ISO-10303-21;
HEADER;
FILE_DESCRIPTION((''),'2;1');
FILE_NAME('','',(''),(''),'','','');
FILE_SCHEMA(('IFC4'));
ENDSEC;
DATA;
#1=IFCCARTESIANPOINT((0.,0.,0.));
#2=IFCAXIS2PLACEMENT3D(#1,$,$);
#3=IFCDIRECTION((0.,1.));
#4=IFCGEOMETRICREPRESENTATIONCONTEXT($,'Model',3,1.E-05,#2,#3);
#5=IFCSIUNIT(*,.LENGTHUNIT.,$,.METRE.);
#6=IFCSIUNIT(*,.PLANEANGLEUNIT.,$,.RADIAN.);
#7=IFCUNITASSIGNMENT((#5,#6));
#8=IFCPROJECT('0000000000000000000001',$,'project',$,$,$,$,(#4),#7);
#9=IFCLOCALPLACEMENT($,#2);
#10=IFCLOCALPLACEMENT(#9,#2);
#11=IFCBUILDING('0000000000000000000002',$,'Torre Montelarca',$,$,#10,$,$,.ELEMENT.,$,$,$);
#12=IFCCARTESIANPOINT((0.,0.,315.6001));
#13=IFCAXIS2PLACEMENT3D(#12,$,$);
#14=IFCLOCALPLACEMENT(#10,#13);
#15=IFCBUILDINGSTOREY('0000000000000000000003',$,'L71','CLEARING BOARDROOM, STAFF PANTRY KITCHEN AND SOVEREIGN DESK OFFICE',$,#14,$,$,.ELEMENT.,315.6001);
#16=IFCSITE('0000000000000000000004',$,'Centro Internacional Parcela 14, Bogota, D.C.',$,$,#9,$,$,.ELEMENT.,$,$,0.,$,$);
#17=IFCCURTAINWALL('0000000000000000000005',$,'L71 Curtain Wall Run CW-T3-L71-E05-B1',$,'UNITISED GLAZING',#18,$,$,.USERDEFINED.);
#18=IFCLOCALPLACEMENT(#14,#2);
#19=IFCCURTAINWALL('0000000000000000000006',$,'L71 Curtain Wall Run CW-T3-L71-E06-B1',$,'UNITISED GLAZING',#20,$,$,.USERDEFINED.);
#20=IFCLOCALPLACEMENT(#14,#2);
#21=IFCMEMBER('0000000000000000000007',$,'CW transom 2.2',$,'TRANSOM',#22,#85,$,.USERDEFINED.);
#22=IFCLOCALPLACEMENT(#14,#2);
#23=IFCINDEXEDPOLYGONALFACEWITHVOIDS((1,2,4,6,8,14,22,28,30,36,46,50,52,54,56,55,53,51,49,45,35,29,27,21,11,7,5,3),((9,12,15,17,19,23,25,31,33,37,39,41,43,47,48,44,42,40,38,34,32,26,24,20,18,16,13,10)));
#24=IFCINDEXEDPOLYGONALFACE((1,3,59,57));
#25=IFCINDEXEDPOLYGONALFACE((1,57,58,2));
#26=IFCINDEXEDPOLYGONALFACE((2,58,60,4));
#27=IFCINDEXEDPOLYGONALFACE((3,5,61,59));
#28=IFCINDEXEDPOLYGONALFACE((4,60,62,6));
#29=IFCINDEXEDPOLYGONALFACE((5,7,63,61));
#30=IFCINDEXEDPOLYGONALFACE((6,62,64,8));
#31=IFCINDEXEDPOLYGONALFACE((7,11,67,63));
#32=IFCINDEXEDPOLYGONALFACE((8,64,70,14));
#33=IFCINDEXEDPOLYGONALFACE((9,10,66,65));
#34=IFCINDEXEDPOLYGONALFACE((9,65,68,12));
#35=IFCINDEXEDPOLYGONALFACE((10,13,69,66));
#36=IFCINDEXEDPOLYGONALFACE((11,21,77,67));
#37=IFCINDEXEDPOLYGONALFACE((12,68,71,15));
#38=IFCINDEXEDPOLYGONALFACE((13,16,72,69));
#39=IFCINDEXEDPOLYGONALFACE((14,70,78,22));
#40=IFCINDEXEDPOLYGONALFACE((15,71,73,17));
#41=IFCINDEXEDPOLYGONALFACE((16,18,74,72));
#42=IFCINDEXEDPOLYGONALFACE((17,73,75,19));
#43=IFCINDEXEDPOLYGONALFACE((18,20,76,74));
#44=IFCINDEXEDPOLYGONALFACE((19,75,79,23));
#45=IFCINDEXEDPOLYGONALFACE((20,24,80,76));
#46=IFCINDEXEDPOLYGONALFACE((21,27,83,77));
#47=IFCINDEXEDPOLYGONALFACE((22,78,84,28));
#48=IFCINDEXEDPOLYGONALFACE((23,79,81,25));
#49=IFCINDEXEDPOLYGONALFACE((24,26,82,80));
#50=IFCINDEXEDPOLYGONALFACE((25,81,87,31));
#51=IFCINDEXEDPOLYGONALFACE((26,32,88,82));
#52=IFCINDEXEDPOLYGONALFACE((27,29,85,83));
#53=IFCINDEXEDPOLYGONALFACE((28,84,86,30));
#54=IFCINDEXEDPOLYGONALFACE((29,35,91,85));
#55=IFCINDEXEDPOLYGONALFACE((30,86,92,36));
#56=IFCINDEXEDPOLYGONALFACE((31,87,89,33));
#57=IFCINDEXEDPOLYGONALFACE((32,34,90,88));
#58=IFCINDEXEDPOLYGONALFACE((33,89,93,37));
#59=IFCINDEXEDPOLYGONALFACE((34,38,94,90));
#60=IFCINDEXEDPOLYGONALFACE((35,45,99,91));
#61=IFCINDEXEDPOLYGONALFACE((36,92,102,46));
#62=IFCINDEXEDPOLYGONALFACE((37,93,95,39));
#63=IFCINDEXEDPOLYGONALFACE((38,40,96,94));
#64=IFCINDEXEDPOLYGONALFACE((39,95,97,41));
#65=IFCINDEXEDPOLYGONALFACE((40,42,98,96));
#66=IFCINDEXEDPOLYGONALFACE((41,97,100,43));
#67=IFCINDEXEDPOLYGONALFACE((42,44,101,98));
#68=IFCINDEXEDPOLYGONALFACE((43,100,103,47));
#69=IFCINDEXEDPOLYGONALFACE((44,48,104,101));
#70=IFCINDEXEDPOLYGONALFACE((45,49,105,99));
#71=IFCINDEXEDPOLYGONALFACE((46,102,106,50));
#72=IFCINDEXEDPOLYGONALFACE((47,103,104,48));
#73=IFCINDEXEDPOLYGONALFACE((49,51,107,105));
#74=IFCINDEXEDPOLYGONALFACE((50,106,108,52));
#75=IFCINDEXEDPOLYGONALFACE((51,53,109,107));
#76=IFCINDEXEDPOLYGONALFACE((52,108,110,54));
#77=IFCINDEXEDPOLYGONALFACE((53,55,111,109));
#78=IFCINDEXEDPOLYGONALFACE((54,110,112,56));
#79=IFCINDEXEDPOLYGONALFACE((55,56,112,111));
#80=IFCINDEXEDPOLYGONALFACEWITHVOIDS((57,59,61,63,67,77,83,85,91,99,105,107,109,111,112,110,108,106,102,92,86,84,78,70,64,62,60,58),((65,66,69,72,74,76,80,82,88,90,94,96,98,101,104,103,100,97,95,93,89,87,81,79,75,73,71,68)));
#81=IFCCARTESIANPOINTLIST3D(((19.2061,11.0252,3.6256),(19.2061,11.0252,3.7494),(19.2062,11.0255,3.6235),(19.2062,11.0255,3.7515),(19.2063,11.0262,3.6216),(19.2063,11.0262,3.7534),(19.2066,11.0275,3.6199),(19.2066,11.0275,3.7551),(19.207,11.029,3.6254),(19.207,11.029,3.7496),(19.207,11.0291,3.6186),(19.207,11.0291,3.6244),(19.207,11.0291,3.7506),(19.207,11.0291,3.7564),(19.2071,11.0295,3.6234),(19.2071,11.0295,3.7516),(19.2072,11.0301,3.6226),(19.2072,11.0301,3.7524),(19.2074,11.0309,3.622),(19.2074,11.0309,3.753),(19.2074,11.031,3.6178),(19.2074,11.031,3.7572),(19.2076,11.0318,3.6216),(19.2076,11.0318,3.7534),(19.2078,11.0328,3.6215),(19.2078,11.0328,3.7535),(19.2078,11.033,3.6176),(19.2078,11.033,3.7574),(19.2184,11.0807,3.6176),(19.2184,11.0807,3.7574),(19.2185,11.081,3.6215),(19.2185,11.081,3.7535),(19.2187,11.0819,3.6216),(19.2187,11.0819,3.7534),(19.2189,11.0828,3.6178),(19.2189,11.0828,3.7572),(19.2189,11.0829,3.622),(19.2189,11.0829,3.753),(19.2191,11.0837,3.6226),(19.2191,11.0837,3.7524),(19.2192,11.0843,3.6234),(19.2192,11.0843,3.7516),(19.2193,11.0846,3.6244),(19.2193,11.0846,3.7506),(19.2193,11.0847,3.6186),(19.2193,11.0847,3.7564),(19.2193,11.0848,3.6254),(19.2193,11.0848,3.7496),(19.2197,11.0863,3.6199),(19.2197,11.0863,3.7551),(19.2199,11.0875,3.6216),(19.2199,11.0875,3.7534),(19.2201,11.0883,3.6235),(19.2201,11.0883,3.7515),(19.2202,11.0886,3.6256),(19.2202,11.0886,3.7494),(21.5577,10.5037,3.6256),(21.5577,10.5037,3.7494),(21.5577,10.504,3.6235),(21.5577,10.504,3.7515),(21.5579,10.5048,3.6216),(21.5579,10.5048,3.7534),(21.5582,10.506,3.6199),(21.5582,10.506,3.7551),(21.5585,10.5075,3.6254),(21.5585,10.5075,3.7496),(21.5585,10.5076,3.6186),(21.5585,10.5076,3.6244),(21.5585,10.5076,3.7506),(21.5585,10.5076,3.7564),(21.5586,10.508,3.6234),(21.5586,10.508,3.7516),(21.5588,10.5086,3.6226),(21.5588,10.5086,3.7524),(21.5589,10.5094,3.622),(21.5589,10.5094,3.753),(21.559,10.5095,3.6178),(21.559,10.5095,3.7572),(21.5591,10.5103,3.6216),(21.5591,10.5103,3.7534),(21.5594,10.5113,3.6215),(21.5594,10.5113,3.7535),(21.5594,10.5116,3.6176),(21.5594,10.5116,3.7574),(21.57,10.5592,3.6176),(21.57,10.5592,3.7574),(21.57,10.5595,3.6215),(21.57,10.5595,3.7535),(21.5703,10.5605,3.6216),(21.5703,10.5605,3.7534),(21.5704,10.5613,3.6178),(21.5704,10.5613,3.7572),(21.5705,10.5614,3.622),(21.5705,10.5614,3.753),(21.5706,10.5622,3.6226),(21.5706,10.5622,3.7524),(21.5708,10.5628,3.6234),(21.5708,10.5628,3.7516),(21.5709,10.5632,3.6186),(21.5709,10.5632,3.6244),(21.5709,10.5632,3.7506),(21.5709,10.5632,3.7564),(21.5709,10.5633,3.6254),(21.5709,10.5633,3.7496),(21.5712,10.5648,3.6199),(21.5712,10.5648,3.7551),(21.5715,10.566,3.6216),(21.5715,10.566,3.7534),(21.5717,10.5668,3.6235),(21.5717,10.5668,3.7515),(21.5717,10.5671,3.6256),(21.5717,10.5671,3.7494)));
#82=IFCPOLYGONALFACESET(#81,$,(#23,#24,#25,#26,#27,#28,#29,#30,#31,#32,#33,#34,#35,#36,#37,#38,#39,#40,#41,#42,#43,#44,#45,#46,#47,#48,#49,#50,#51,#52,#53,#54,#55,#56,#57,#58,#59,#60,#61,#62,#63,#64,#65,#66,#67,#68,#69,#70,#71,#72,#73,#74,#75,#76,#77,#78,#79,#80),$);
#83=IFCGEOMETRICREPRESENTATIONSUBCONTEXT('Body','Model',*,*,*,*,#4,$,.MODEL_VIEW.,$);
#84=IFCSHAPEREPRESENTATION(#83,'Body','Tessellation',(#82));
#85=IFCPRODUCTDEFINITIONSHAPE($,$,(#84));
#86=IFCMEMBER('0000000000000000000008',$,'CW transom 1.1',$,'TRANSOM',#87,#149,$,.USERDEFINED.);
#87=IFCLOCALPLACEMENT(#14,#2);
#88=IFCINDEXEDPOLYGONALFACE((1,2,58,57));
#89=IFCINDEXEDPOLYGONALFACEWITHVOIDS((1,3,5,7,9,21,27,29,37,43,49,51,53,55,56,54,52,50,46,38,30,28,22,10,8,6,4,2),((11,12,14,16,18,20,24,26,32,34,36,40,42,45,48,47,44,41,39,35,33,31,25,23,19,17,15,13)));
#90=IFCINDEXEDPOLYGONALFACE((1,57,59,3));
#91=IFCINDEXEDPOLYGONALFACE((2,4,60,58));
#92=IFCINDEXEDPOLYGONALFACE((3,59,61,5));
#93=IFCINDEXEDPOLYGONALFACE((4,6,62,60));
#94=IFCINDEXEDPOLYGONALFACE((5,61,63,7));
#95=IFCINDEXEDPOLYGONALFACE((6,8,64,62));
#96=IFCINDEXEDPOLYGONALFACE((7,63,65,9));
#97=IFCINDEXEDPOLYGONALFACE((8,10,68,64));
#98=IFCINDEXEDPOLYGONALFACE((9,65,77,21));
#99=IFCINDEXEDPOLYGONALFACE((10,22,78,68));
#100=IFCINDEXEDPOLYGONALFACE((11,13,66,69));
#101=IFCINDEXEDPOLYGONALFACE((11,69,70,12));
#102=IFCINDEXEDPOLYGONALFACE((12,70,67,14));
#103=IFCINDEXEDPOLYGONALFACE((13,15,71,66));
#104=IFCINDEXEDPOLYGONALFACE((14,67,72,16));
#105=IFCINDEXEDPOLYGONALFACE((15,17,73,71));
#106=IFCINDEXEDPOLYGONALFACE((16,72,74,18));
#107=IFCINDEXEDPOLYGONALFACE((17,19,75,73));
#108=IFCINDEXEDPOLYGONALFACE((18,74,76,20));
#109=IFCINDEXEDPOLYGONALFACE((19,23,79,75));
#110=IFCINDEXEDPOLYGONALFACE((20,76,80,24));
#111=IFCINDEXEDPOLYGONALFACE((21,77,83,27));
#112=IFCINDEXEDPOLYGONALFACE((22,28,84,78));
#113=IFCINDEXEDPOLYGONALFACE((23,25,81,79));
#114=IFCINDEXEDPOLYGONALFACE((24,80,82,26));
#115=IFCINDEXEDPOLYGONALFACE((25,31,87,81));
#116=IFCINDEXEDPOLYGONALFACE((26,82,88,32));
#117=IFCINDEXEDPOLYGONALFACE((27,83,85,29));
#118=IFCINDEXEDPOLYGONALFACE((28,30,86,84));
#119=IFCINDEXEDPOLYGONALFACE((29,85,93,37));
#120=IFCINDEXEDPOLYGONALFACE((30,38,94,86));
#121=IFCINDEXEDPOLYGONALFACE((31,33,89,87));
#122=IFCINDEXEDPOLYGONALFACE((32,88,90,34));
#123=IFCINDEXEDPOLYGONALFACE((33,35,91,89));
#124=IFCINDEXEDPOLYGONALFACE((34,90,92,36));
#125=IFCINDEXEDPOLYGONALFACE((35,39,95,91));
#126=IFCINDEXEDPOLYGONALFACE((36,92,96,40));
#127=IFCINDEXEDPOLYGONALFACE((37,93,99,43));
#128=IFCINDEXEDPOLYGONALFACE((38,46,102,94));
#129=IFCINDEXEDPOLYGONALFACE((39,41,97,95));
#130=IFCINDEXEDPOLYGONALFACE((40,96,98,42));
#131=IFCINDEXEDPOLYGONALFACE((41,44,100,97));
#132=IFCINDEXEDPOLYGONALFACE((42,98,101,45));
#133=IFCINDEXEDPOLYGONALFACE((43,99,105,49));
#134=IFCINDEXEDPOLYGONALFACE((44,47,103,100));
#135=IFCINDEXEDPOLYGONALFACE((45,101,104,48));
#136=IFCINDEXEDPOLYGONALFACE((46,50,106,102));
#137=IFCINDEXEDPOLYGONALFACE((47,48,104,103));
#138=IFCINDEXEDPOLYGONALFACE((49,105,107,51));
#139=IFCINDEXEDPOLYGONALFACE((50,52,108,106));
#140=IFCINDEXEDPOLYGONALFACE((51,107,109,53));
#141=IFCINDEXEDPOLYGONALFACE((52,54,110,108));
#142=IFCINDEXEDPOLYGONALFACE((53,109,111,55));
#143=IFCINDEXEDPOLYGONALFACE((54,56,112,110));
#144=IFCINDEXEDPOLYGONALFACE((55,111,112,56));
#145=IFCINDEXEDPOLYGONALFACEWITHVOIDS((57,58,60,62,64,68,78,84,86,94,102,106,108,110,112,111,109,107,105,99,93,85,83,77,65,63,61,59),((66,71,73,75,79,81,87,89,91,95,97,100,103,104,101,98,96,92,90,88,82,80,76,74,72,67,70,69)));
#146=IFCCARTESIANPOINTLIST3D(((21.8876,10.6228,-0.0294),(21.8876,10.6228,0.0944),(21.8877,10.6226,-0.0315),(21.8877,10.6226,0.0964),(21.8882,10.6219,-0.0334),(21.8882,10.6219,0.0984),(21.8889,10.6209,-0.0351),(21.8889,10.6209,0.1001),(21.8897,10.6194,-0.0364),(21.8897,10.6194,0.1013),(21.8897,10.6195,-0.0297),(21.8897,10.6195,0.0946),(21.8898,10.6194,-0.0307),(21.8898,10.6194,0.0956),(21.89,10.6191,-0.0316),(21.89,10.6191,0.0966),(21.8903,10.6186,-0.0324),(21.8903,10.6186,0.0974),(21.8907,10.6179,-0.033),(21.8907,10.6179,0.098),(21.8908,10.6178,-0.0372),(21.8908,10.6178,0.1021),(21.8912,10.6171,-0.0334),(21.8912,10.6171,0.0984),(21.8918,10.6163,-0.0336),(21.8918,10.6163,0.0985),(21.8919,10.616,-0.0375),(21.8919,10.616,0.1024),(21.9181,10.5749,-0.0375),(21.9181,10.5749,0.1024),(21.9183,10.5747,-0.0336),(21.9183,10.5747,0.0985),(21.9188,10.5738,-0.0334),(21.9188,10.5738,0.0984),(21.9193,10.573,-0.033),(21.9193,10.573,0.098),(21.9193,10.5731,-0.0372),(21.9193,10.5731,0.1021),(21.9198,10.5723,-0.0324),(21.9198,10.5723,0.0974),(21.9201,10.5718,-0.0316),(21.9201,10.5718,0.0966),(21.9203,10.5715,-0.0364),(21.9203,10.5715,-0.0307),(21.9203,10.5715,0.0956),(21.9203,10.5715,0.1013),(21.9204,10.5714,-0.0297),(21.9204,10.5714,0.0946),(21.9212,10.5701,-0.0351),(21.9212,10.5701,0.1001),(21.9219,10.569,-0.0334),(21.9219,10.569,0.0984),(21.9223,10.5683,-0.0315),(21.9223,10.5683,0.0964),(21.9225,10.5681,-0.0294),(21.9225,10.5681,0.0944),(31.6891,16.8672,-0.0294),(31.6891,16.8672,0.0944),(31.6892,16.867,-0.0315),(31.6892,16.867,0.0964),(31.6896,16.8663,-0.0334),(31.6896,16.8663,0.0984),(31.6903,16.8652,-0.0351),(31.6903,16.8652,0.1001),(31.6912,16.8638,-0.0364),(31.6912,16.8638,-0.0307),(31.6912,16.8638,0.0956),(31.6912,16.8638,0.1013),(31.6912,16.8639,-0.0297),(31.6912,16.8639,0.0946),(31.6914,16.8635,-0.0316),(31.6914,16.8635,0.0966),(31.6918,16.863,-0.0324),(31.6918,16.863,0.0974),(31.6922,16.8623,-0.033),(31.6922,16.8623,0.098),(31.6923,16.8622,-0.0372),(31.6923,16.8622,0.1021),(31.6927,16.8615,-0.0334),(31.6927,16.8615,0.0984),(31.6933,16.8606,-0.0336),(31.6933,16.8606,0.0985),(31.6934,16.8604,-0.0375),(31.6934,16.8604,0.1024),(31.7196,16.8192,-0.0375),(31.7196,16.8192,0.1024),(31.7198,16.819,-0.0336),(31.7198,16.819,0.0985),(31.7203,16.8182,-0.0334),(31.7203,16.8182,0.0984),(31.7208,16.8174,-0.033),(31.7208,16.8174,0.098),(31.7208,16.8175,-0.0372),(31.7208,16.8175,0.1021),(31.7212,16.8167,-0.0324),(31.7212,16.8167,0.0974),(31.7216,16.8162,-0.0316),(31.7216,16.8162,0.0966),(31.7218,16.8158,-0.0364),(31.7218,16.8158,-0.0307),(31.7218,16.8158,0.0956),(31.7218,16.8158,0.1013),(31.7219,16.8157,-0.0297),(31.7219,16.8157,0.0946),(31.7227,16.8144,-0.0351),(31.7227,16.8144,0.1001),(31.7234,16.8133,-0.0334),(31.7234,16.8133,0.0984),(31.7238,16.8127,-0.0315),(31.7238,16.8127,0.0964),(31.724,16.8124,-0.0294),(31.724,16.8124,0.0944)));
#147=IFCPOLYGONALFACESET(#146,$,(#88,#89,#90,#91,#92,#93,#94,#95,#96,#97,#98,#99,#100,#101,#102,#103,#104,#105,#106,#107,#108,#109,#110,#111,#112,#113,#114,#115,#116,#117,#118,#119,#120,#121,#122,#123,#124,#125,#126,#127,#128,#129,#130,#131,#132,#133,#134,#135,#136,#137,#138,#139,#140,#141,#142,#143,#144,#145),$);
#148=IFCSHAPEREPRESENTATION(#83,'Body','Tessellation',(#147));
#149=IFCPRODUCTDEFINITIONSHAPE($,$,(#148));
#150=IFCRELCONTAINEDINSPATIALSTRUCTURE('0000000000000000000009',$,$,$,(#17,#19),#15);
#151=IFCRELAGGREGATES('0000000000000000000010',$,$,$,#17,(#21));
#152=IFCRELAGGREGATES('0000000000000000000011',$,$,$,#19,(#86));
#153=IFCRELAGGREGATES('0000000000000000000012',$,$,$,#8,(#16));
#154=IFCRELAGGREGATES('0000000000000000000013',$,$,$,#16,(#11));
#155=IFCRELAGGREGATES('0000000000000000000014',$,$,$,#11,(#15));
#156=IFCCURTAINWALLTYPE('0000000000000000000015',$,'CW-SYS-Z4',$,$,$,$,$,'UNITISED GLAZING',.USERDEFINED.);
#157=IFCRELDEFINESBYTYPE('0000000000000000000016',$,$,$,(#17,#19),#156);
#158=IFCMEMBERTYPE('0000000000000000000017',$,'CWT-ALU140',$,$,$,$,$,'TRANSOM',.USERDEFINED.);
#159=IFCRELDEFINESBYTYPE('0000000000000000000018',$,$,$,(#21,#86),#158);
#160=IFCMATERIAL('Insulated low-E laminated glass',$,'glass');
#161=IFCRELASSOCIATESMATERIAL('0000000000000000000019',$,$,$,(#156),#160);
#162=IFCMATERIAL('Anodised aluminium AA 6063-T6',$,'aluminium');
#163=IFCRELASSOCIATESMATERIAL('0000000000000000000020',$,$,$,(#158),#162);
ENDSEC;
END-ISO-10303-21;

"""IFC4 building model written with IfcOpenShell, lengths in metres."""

from ifc_helpers import new_model, si_unit, direction, frame, origin, origin_2d, place, context, subcontext, project, spatial, hollow_rectangle, extrude, source, transform, mapped, material, material_profile, profile_set, type_object, element, aggregate, save


model = new_model("IFC4")

# Units and contexts
model_context = context("Model", 3, precision=1e-05, world=origin(), true_north=direction((0.0, 1.0)))
body_context = subcontext(model_context, "Body", "Model", "MODEL_VIEW")
ifc_project = project(units=[si_unit("LENGTHUNIT", "METRE"), si_unit("PLANEANGLEUNIT", "RADIAN")], contexts=[model_context])

# Site, building, storey
site_placement = place(None, origin())
site = spatial("IfcSite", under=ifc_project, at=site_placement, Name="Centro Internacional Parcela 14, Bogota, D.C.", CompositionType="ELEMENT", RefElevation=0.0)
building_placement = place(site_placement, origin())
building = spatial("IfcBuilding", under=site, at=building_placement, Name="Torre Montelarca", CompositionType="ELEMENT")
storey_placement = place(building_placement, frame((0.0, 0.0, 315.6001)))
storey = spatial("IfcBuildingStorey", under=building, at=storey_placement, Name="L71", Description="CLEARING BOARDROOM, STAFF PANTRY KITCHEN AND SOVEREIGN DESK OFFICE", CompositionType="ELEMENT", Elevation=315.6001)

# Curtain wall
ifc_material_1 = material(Name="Insulated low-E laminated glass", Category="glass")
curtain_wall_type = type_object("IfcCurtainWallType", Name="CW-SYS-Z4", ElementType="UNITISED GLAZING", PredefinedType="USERDEFINED", material=ifc_material_1)
curtain_wall_1_placement = place(storey_placement, origin())
curtain_wall_1 = element("IfcCurtainWall", 1, at=curtain_wall_1_placement, inside=storey, type_object=curtain_wall_type, Name="L71 Curtain Wall Run CW-T3-L71-E05-B1", ObjectType="UNITISED GLAZING", PredefinedType="USERDEFINED")
ifc_material_2 = material(Name="Anodised aluminium AA 6063-T6", Category="aluminium")

# Curtain wall
curtain_wall_2_placement = place(storey_placement, origin())
curtain_wall_2 = element("IfcCurtainWall", 2, at=curtain_wall_2_placement, inside=storey, type_object=curtain_wall_type, Name="L71 Curtain Wall Run CW-T3-L71-E06-B1", ObjectType="UNITISED GLAZING", PredefinedType="USERDEFINED")

# Members
ifc_material_profile_1 = material_profile(ifc_material_2, hollow_rectangle(XDim=0.0649, YDim=0.1399, WallThickness=0.0039, InnerFilletRadius=0.0039, OuterFilletRadius=0.0081, at=origin_2d()), Name="ALU65X140X4", Category="aluminium")
ifc_profile_set_1 = profile_set([ifc_material_profile_1], Name="Anodised aluminium AA 6063-T6")
member_type_1 = type_object("IfcMemberType", Name="CWT-ALU140", ElementType="TRANSOM", PredefinedType="USERDEFINED", material=ifc_profile_set_1)
shared_shape_1 = source(origin(), body_context, "Body", "SweptSolid", [
    extrude(hollow_rectangle(XDim=0.0649, YDim=0.1399, WallThickness=0.0039, InnerFilletRadius=0.0039, OuterFilletRadius=0.0081, at=origin_2d()), origin(), (0.0, 0.0, 1.0), 2.4087),
])
member_1_placement = place(storey_placement, frame((19.2131, 11.0569, 3.6875), z_axis=(0.976282, -0.216501, 0.0), x_axis=(0.216501, 0.976282, 0.0)))
member_1 = element("IfcMember", 3, at=member_1_placement, type_object=member_type_1, Name="CW transom 2.2", ObjectType="TRANSOM", PredefinedType="USERDEFINED", context=body_context, shape_type="MappedRepresentation", body=[
    mapped(shared_shape_1, transform((0.0, 0.0, 0.0), scale=1.0)),
])
shared_shape_2 = source(origin(), body_context, "Body", "SweptSolid", [
    extrude(hollow_rectangle(XDim=0.0649, YDim=0.1399, WallThickness=0.0039, InnerFilletRadius=0.0039, OuterFilletRadius=0.0081, at=origin_2d()), origin(), (0.0, 0.0, 1.0), 11.6216),
])
member_2_placement = place(storey_placement, frame((21.905, 10.5955, 0.0325), z_axis=(0.843386, 0.537308, 0.0), x_axis=(-0.537308, 0.843386, 0.0)))
member_2 = element("IfcMember", 4, at=member_2_placement, type_object=member_type_1, Name="CW transom 1.1", ObjectType="TRANSOM", PredefinedType="USERDEFINED", context=body_context, shape_type="MappedRepresentation", body=[
    mapped(shared_shape_2, transform((0.0, 0.0, 0.0), scale=1.0)),
])

aggregate(curtain_wall_1, [member_1])
aggregate(curtain_wall_2, [member_2])

save(model, "model.ifc")
